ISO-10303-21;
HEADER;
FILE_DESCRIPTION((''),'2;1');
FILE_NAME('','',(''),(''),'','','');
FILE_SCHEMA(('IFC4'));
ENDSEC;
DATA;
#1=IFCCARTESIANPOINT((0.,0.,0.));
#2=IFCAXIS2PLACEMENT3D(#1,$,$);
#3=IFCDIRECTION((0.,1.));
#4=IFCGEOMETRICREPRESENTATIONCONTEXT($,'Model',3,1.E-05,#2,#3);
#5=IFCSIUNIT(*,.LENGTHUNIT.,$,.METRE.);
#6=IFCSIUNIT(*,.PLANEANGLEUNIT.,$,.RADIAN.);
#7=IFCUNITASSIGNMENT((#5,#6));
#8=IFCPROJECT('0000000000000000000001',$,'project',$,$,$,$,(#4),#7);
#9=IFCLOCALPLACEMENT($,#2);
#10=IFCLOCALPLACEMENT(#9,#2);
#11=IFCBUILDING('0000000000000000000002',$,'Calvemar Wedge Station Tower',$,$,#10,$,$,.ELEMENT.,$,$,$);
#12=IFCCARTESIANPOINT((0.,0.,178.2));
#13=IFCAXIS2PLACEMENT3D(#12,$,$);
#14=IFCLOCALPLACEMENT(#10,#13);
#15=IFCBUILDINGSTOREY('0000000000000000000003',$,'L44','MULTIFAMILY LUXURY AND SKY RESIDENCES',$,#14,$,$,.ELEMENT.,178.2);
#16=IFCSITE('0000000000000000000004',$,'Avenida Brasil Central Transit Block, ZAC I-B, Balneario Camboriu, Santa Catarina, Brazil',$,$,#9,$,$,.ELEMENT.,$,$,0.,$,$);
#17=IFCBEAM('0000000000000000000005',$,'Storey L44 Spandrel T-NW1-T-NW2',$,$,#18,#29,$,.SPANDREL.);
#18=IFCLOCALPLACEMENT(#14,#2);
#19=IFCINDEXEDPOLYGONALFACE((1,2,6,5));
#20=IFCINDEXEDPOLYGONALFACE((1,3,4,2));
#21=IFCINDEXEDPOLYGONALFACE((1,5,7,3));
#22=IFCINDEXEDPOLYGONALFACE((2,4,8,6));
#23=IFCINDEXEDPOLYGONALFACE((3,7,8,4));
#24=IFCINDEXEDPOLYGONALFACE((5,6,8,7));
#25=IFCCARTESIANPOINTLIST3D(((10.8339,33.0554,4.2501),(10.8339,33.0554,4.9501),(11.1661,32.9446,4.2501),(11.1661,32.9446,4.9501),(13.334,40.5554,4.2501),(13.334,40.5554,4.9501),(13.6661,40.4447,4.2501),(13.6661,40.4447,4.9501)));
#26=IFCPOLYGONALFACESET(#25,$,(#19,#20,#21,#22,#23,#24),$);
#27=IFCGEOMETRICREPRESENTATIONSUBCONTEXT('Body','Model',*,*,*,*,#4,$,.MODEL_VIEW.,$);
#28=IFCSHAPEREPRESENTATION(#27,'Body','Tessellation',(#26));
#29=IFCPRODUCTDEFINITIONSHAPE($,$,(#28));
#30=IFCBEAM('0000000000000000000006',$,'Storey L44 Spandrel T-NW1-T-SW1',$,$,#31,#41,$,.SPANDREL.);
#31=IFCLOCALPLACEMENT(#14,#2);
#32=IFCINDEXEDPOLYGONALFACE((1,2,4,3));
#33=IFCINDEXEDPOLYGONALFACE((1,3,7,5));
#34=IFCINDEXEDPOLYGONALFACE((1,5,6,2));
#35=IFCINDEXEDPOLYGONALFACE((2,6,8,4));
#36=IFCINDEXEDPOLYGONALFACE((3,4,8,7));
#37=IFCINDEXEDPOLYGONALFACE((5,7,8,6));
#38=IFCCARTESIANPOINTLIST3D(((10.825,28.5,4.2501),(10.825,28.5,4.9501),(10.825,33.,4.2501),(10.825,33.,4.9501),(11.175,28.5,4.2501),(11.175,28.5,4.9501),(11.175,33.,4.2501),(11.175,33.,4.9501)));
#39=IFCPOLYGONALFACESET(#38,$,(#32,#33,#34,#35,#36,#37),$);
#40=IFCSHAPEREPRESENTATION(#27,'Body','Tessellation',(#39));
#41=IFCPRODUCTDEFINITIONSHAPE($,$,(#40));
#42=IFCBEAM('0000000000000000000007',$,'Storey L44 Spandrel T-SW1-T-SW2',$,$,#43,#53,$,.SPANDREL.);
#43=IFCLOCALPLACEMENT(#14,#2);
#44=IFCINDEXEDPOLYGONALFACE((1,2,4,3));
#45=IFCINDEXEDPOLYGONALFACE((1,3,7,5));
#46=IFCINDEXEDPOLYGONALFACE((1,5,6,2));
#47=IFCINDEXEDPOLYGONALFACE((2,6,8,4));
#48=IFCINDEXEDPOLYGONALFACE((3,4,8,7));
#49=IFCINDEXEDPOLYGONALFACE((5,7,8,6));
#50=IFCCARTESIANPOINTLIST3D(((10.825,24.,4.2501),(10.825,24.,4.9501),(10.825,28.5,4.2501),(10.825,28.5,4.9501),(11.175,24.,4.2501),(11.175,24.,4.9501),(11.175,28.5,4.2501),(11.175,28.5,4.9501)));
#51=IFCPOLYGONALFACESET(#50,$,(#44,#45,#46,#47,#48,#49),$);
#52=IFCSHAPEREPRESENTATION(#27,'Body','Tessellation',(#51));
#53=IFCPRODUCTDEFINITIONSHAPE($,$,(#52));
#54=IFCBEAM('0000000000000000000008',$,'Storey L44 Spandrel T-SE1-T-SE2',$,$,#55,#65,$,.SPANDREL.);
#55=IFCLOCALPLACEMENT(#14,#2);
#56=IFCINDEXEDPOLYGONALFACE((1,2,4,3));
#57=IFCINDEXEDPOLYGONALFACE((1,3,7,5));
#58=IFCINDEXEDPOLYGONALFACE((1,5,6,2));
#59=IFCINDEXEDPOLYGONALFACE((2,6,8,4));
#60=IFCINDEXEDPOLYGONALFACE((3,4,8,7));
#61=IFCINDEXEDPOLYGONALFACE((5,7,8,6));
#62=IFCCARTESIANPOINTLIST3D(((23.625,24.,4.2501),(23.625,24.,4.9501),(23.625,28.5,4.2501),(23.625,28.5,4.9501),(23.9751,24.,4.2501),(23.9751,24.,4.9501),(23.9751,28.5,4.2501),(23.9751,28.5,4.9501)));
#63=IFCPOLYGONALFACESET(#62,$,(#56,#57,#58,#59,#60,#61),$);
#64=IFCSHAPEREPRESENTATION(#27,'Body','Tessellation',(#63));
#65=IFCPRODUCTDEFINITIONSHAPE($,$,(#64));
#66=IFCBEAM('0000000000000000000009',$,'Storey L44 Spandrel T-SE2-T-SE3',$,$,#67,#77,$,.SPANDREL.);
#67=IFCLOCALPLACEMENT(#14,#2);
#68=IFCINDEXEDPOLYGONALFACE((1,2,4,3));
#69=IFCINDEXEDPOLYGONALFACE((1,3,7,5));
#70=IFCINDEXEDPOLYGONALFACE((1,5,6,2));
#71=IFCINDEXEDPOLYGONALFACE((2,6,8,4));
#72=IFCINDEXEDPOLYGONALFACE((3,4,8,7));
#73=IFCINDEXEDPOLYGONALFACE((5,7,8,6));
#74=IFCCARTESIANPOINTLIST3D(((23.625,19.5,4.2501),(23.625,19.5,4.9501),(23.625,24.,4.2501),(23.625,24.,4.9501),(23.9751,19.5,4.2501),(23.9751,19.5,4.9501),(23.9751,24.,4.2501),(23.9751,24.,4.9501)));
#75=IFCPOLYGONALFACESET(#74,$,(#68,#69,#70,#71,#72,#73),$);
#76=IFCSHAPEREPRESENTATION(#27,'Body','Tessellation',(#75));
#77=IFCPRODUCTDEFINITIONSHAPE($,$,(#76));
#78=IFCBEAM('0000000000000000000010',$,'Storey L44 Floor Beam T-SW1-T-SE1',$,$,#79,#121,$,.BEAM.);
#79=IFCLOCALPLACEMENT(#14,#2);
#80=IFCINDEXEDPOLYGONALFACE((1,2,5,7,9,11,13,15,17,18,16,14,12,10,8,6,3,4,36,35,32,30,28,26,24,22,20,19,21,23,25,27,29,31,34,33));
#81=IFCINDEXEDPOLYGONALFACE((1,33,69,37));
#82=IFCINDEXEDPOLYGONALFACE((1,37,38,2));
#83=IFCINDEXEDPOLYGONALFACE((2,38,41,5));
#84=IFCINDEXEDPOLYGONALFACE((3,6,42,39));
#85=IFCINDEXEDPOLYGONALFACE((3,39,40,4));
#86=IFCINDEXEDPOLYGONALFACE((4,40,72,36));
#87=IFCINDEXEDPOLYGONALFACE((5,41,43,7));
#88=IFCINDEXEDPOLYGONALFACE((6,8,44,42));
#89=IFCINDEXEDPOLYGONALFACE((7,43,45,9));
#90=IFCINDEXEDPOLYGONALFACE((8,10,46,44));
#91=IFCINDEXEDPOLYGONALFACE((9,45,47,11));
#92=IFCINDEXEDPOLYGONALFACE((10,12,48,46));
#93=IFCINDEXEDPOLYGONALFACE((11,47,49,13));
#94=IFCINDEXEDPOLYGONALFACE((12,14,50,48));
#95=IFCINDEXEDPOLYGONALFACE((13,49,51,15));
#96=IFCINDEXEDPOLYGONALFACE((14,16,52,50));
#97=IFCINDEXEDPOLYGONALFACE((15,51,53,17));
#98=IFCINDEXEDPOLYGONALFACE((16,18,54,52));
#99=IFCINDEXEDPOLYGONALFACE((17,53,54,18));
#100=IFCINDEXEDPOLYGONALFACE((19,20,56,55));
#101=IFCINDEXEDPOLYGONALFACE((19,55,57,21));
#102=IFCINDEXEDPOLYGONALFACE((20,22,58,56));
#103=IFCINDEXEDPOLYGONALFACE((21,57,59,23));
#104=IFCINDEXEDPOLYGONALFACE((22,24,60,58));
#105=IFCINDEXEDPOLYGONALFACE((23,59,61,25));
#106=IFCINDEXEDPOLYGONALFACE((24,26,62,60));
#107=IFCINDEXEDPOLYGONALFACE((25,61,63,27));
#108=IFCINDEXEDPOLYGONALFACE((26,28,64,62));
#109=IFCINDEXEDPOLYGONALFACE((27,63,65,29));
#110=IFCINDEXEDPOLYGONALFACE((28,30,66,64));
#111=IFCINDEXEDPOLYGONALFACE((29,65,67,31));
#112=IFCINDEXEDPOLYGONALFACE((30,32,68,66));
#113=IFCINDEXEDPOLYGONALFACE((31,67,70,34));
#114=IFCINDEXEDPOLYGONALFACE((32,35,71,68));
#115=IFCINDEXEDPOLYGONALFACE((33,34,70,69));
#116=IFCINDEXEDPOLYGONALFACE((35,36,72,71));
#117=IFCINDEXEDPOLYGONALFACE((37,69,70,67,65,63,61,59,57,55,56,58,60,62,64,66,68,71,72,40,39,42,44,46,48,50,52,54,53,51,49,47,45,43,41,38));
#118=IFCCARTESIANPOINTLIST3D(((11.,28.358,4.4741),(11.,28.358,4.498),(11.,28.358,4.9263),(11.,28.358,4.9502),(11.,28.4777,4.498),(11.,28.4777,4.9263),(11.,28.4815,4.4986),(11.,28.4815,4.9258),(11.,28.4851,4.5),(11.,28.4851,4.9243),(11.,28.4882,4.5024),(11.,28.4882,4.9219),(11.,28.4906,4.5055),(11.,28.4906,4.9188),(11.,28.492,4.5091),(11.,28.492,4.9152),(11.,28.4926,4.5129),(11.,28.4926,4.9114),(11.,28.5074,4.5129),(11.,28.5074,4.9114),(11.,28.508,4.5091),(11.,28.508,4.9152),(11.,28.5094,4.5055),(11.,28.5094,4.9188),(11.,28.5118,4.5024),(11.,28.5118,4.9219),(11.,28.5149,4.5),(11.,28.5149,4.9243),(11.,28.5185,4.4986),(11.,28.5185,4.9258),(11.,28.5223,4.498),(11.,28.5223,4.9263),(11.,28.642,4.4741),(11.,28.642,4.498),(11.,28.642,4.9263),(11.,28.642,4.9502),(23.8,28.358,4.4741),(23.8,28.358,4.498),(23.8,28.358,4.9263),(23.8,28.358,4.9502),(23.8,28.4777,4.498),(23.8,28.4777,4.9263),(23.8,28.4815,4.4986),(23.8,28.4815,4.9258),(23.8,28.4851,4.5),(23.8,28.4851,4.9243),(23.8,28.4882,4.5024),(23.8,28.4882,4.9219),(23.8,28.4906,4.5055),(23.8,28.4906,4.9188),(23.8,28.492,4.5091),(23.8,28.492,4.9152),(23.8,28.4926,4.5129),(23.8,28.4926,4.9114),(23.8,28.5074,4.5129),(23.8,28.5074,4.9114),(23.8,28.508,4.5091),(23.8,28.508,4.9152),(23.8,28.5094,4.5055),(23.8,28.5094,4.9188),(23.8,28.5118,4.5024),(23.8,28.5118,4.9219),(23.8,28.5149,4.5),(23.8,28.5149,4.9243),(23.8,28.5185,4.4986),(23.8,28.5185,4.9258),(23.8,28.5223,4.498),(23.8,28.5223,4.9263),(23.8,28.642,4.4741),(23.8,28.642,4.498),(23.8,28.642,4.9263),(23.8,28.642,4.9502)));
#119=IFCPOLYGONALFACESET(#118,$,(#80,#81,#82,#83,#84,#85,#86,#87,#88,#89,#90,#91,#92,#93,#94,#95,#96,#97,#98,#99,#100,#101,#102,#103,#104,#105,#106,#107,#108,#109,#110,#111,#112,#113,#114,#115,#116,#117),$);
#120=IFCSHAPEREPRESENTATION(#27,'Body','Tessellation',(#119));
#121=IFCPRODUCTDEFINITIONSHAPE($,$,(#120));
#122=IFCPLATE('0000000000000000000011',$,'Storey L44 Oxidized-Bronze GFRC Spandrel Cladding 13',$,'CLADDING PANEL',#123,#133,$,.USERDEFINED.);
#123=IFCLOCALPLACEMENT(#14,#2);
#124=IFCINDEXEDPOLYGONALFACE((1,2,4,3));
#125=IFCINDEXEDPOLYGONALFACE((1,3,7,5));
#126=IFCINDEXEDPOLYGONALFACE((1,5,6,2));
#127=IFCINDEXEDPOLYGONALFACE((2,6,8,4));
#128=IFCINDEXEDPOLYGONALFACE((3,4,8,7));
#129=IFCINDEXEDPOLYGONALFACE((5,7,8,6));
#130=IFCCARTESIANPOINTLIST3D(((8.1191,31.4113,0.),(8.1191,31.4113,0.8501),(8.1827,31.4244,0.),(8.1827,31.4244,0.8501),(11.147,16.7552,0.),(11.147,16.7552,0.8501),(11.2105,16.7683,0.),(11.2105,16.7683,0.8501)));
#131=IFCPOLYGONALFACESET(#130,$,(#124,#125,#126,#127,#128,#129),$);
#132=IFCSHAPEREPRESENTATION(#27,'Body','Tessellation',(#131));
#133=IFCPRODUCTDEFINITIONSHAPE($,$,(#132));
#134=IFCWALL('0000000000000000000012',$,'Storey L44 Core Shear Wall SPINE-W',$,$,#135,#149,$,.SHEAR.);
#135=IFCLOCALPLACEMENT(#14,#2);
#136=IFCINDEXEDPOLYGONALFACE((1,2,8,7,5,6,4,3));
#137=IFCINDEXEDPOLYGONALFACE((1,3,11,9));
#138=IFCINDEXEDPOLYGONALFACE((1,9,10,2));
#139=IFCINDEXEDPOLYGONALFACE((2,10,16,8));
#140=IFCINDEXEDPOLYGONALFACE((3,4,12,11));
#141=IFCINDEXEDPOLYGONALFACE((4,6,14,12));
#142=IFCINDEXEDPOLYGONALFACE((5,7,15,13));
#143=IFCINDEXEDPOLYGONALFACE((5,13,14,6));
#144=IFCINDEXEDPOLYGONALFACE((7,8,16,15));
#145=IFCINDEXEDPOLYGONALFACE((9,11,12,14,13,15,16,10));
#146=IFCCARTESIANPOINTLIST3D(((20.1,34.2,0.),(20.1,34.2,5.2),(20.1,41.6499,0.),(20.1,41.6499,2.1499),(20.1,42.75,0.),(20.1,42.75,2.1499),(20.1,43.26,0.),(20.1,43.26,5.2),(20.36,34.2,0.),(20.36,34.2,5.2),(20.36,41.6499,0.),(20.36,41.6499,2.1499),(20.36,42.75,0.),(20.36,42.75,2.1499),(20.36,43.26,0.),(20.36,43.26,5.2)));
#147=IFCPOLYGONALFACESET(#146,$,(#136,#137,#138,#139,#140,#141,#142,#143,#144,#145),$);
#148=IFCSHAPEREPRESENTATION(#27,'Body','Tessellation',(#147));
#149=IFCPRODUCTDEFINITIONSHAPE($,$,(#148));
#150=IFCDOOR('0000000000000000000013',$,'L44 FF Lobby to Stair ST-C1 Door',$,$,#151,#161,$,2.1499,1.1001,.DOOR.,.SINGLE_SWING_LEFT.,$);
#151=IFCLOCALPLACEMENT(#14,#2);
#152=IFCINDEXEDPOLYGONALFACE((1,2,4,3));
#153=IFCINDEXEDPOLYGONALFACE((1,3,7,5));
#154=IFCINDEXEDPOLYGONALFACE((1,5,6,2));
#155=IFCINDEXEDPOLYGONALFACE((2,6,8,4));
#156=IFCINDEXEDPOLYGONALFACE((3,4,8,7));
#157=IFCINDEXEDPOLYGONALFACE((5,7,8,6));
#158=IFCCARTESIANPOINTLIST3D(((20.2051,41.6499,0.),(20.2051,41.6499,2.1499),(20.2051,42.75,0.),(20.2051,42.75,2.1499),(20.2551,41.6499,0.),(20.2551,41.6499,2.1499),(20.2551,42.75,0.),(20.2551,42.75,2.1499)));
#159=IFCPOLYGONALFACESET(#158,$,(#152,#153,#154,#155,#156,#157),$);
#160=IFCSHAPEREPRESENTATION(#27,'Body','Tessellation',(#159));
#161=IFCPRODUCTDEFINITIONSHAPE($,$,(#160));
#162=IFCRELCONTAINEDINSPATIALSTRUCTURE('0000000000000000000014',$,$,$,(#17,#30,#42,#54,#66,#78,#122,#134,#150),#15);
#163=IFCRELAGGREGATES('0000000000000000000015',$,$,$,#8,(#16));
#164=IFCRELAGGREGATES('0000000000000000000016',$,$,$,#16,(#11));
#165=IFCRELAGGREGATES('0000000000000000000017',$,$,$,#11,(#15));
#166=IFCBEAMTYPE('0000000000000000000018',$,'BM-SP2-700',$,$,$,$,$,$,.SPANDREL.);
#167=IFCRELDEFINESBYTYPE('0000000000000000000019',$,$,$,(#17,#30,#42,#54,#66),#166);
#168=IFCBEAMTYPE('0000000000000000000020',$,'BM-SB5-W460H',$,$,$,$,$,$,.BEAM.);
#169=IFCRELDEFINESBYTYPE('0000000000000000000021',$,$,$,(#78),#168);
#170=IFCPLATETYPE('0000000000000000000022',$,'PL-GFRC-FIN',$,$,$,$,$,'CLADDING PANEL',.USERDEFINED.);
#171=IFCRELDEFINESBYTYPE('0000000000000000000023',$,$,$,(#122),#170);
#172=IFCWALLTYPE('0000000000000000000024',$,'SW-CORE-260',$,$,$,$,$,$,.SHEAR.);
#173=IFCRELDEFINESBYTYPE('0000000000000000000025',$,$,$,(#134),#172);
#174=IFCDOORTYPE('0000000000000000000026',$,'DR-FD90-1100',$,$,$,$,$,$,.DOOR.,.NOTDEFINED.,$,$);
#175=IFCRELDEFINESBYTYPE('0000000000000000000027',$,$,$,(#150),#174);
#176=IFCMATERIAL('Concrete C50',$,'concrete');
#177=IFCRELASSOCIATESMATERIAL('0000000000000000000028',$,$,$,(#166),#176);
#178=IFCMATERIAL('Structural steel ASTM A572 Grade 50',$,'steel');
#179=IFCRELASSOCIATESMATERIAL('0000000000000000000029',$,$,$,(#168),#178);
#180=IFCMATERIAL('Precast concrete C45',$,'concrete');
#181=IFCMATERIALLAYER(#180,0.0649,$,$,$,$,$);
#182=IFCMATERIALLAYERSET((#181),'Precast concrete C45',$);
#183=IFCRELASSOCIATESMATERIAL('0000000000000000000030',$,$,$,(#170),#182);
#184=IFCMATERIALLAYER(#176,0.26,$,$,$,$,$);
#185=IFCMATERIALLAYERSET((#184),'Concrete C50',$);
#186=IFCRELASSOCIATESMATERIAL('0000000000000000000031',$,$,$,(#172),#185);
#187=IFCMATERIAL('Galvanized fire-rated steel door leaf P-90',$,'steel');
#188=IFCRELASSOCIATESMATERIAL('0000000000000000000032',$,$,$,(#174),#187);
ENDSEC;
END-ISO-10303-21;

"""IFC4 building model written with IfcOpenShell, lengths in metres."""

from ifc_helpers import new_model, si_unit, direction, frame, frame_2d, origin, origin_2d, place, context, subcontext, project, spatial, rectangle, i_section, extrude, source, transform, mapped, material, layer, layer_set, material_profile, profile_set, type_object, element, fill, save


model = new_model("IFC4")

# Units and contexts
model_context = context("Model", 3, precision=1e-05, world=origin(), true_north=direction((0.0, 1.0)))
body_context = subcontext(model_context, "Body", "Model", "MODEL_VIEW")
ifc_project = project(units=[si_unit("LENGTHUNIT", "METRE"), si_unit("PLANEANGLEUNIT", "RADIAN")], contexts=[model_context])

# Site, building, storey
site_placement = place(None, origin())
site = spatial("IfcSite", under=ifc_project, at=site_placement, Name="Avenida Brasil Central Transit Block, ZAC I-B, Balneario Camboriu, Santa Catarina, Brazil", CompositionType="ELEMENT", RefElevation=0.0)
building_placement = place(site_placement, origin())
building = spatial("IfcBuilding", under=site, at=building_placement, Name="Calvemar Wedge Station Tower", CompositionType="ELEMENT")
storey_placement = place(building_placement, frame((0.0, 0.0, 178.2)))
storey = spatial("IfcBuildingStorey", under=building, at=storey_placement, Name="L44", Description="MULTIFAMILY LUXURY AND SKY RESIDENCES", CompositionType="ELEMENT", Elevation=178.2)

# Shared definitions
ifc_material_1 = material(Name="Concrete C50", Category="concrete")

# Beams
ifc_material_2 = material(Name="Structural steel ASTM A572 Grade 50", Category="steel")
ifc_material_profile_1 = material_profile(ifc_material_1, rectangle(XDim=0.3501, YDim=0.7, at=origin_2d()), Name="RC350x700")
ifc_profile_set_1 = profile_set([ifc_material_profile_1], Name="Concrete C50")
beam_type_1 = type_object("IfcBeamType", Name="BM-SP2-700", PredefinedType="SPANDREL", material=ifc_profile_set_1)
shared_shape_1 = source(origin(), body_context, "Body", "SweptSolid", [
    extrude(rectangle(XDim=0.3501, YDim=0.7, at=origin_2d()), origin(), (0.0, 0.0, 1.0), 7.9058),
])
beam_1_placement = place(storey_placement, frame((11.0, 33.0, 4.6001), z_axis=(0.316228, 0.948683, 0.0), x_axis=(-0.948683, 0.316228, 0.0)))
element("IfcBeam", 1, at=beam_1_placement, inside=storey, type_object=beam_type_1, Name="Storey L44 Spandrel T-NW1-T-NW2", PredefinedType="SPANDREL", context=body_context, shape_type="MappedRepresentation", body=[
    mapped(shared_shape_1, transform((0.0, 0.0, 0.0), scale=1.0)),
])
shared_shape_2 = source(origin(), body_context, "Body", "SweptSolid", [
    extrude(rectangle(XDim=0.3501, YDim=0.7, at=origin_2d()), origin(), (0.0, 0.0, 1.0), 4.5),
])
for number, where, z_axis, x_axis, name in (
    (2, (11.0, 33.0, 4.6001), (0.0, -1.0, 0.0), (1.0, 0.0, 0.0), "Storey L44 Spandrel T-NW1-T-SW1"),
    (3, (11.0, 28.5, 4.6001), (0.0, -1.0, 0.0), (1.0, 0.0, 0.0), "Storey L44 Spandrel T-SW1-T-SW2"),
    (4, (23.8, 28.5, 4.6001), (0.0, -1.0, 0.0), (1.0, 0.0, 0.0), "Storey L44 Spandrel T-SE1-T-SE2"),
    (5, (23.8, 24.0, 4.6001), (0.0, -1.0, 0.0), (1.0, 0.0, 0.0), "Storey L44 Spandrel T-SE2-T-SE3"),
):
    element("IfcBeam", number, at=place(storey_placement, frame(where, z_axis=z_axis, x_axis=x_axis)), inside=storey, type_object=beam_type_1, Name=name, PredefinedType="SPANDREL", context=body_context, shape_type="MappedRepresentation", body=[
        mapped(shared_shape_2, transform((0.0, 0.0, 0.0), scale=1.0)),
    ])
ifc_material_profile_2 = material_profile(ifc_material_2, i_section(OverallWidth=0.2839, OverallDepth=0.4761, WebThickness=0.0149, FlangeThickness=0.0239, FilletRadius=0.0149, at=origin_2d()), Name="W460x158")
ifc_profile_set_2 = profile_set([ifc_material_profile_2], Name="Structural steel ASTM A572 Grade 50")
beam_type_2 = type_object("IfcBeamType", Name="BM-SB5-W460H", PredefinedType="BEAM", material=ifc_profile_set_2)
shared_shape_3 = source(origin(), body_context, "Body", "SweptSolid", [
    extrude(i_section(OverallWidth=0.2839, OverallDepth=0.4761, WebThickness=0.0149, FlangeThickness=0.0239, FilletRadius=0.0149, at=origin_2d()), origin(), (0.0, 0.0, 1.0), 12.8),
])
beam_2_placement = place(storey_placement, frame((11.0, 28.5, 4.7122), z_axis=(1.0, 0.0, 0.0), x_axis=(0.0, 1.0, 0.0)))
element("IfcBeam", 6, at=beam_2_placement, inside=storey, type_object=beam_type_2, Name="Storey L44 Floor Beam T-SW1-T-SE1", PredefinedType="BEAM", context=body_context, shape_type="MappedRepresentation", body=[
    mapped(shared_shape_3, transform((0.0, 0.0, 0.0), scale=1.0)),
])

# Plate
ifc_material_3 = material(Name="Precast concrete C45", Category="concrete")
ifc_layer_1 = layer(ifc_material_3, 0.0649)
ifc_layer_set_1 = layer_set([ifc_layer_1], Name="Precast concrete C45")
plate_type = type_object("IfcPlateType", Name="PL-GFRC-FIN", ElementType="CLADDING PANEL", PredefinedType="USERDEFINED", material=ifc_layer_set_1)
plate_placement = place(storey_placement, frame((8.1509, 31.418, 0.0), z_axis=(0.0, 0.0, 1.0), x_axis=(0.202321, -0.979319, 0.0)))
element("IfcPlate", 7, at=plate_placement, inside=storey, type_object=plate_type, Name="Storey L44 Oxidized-Bronze GFRC Spandrel Cladding 13", ObjectType="CLADDING PANEL", PredefinedType="USERDEFINED", context=body_context, shape_type="SweptSolid", body=[
    extrude(rectangle(XDim=14.9656, YDim=0.0649, at=frame_2d((7.4829, 0.0))), origin(), (0.0, 0.0, 1.0), 0.8501),
])

# Wall, opening, door
ifc_layer_2 = layer(ifc_material_1, 0.26)
ifc_layer_set_2 = layer_set([ifc_layer_2], Name="Concrete C50")
wall_type_1 = type_object("IfcWallType", Name="SW-CORE-260", PredefinedType="SHEAR", material=ifc_layer_set_2)
wall_1_placement = place(storey_placement, frame((20.23, 34.2, 0.0), z_axis=(0.0, 0.0, 1.0), x_axis=(0.0, 1.0, 0.0)))
wall_1 = element("IfcWall", 8, at=wall_1_placement, inside=storey, type_object=wall_type_1, Name="Storey L44 Core Shear Wall SPINE-W", PredefinedType="SHEAR", context=body_context, shape_type="SweptSolid", body=[
    extrude(rectangle(XDim=9.0601, YDim=0.26, at=frame_2d((4.53, 0.0))), origin(), (0.0, 0.0, 1.0), 5.2),
])
shared_shape_4 = source(origin(), body_context, "Body", "SweptSolid", [
    extrude(rectangle(XDim=1.1001, YDim=2.1499, at=frame_2d((0.55, 1.075))), frame((0.0, 0.1401, 0.0), z_axis=(0.0, -1.0, 0.0), x_axis=(1.0, 0.0, 0.0)), (0.0, 0.0, 1.0), 0.28),
])
opening_1_placement = place(wall_1_placement, frame((7.45, 0.0, 0.0)))
opening_1 = element("IfcOpeningElement", 9, at=opening_1_placement, cuts=wall_1, PredefinedType="OPENING", context=body_context, shape_type="MappedRepresentation", body=[
    mapped(shared_shape_4, transform((0.0, 0.0, 0.0), scale=1.0)),
])
ifc_material_4 = material(Name="Galvanized fire-rated steel door leaf P-90", Category="steel")
door_type_1 = type_object("IfcDoorType", Name="DR-FD90-1100", OperationType="NOTDEFINED", PredefinedType="DOOR", material=ifc_material_4)
shared_shape_5 = source(origin(), body_context, "Body", "SweptSolid", [
    extrude(rectangle(XDim=1.1001, YDim=2.1499, at=frame_2d((0.55, 1.075))), frame((0.0, 0.0249, 0.0), z_axis=(0.0, -1.0, 0.0), x_axis=(1.0, 0.0, 0.0)), (0.0, 0.0, 1.0), 0.05),
])
door_1_placement = place(opening_1_placement, origin())
door_1 = element("IfcDoor", 10, at=door_1_placement, inside=storey, type_object=door_type_1, Name="L44 FF Lobby to Stair ST-C1 Door", OperationType="SINGLE_SWING_LEFT", OverallHeight=2.1499, OverallWidth=1.1001, PredefinedType="DOOR", context=body_context, shape_type="MappedRepresentation", body=[
    mapped(shared_shape_5, transform((0.0, 0.0, 0.0), scale=1.0)),
])
fill(opening_1, door_1)

save(model, "model.ifc")
